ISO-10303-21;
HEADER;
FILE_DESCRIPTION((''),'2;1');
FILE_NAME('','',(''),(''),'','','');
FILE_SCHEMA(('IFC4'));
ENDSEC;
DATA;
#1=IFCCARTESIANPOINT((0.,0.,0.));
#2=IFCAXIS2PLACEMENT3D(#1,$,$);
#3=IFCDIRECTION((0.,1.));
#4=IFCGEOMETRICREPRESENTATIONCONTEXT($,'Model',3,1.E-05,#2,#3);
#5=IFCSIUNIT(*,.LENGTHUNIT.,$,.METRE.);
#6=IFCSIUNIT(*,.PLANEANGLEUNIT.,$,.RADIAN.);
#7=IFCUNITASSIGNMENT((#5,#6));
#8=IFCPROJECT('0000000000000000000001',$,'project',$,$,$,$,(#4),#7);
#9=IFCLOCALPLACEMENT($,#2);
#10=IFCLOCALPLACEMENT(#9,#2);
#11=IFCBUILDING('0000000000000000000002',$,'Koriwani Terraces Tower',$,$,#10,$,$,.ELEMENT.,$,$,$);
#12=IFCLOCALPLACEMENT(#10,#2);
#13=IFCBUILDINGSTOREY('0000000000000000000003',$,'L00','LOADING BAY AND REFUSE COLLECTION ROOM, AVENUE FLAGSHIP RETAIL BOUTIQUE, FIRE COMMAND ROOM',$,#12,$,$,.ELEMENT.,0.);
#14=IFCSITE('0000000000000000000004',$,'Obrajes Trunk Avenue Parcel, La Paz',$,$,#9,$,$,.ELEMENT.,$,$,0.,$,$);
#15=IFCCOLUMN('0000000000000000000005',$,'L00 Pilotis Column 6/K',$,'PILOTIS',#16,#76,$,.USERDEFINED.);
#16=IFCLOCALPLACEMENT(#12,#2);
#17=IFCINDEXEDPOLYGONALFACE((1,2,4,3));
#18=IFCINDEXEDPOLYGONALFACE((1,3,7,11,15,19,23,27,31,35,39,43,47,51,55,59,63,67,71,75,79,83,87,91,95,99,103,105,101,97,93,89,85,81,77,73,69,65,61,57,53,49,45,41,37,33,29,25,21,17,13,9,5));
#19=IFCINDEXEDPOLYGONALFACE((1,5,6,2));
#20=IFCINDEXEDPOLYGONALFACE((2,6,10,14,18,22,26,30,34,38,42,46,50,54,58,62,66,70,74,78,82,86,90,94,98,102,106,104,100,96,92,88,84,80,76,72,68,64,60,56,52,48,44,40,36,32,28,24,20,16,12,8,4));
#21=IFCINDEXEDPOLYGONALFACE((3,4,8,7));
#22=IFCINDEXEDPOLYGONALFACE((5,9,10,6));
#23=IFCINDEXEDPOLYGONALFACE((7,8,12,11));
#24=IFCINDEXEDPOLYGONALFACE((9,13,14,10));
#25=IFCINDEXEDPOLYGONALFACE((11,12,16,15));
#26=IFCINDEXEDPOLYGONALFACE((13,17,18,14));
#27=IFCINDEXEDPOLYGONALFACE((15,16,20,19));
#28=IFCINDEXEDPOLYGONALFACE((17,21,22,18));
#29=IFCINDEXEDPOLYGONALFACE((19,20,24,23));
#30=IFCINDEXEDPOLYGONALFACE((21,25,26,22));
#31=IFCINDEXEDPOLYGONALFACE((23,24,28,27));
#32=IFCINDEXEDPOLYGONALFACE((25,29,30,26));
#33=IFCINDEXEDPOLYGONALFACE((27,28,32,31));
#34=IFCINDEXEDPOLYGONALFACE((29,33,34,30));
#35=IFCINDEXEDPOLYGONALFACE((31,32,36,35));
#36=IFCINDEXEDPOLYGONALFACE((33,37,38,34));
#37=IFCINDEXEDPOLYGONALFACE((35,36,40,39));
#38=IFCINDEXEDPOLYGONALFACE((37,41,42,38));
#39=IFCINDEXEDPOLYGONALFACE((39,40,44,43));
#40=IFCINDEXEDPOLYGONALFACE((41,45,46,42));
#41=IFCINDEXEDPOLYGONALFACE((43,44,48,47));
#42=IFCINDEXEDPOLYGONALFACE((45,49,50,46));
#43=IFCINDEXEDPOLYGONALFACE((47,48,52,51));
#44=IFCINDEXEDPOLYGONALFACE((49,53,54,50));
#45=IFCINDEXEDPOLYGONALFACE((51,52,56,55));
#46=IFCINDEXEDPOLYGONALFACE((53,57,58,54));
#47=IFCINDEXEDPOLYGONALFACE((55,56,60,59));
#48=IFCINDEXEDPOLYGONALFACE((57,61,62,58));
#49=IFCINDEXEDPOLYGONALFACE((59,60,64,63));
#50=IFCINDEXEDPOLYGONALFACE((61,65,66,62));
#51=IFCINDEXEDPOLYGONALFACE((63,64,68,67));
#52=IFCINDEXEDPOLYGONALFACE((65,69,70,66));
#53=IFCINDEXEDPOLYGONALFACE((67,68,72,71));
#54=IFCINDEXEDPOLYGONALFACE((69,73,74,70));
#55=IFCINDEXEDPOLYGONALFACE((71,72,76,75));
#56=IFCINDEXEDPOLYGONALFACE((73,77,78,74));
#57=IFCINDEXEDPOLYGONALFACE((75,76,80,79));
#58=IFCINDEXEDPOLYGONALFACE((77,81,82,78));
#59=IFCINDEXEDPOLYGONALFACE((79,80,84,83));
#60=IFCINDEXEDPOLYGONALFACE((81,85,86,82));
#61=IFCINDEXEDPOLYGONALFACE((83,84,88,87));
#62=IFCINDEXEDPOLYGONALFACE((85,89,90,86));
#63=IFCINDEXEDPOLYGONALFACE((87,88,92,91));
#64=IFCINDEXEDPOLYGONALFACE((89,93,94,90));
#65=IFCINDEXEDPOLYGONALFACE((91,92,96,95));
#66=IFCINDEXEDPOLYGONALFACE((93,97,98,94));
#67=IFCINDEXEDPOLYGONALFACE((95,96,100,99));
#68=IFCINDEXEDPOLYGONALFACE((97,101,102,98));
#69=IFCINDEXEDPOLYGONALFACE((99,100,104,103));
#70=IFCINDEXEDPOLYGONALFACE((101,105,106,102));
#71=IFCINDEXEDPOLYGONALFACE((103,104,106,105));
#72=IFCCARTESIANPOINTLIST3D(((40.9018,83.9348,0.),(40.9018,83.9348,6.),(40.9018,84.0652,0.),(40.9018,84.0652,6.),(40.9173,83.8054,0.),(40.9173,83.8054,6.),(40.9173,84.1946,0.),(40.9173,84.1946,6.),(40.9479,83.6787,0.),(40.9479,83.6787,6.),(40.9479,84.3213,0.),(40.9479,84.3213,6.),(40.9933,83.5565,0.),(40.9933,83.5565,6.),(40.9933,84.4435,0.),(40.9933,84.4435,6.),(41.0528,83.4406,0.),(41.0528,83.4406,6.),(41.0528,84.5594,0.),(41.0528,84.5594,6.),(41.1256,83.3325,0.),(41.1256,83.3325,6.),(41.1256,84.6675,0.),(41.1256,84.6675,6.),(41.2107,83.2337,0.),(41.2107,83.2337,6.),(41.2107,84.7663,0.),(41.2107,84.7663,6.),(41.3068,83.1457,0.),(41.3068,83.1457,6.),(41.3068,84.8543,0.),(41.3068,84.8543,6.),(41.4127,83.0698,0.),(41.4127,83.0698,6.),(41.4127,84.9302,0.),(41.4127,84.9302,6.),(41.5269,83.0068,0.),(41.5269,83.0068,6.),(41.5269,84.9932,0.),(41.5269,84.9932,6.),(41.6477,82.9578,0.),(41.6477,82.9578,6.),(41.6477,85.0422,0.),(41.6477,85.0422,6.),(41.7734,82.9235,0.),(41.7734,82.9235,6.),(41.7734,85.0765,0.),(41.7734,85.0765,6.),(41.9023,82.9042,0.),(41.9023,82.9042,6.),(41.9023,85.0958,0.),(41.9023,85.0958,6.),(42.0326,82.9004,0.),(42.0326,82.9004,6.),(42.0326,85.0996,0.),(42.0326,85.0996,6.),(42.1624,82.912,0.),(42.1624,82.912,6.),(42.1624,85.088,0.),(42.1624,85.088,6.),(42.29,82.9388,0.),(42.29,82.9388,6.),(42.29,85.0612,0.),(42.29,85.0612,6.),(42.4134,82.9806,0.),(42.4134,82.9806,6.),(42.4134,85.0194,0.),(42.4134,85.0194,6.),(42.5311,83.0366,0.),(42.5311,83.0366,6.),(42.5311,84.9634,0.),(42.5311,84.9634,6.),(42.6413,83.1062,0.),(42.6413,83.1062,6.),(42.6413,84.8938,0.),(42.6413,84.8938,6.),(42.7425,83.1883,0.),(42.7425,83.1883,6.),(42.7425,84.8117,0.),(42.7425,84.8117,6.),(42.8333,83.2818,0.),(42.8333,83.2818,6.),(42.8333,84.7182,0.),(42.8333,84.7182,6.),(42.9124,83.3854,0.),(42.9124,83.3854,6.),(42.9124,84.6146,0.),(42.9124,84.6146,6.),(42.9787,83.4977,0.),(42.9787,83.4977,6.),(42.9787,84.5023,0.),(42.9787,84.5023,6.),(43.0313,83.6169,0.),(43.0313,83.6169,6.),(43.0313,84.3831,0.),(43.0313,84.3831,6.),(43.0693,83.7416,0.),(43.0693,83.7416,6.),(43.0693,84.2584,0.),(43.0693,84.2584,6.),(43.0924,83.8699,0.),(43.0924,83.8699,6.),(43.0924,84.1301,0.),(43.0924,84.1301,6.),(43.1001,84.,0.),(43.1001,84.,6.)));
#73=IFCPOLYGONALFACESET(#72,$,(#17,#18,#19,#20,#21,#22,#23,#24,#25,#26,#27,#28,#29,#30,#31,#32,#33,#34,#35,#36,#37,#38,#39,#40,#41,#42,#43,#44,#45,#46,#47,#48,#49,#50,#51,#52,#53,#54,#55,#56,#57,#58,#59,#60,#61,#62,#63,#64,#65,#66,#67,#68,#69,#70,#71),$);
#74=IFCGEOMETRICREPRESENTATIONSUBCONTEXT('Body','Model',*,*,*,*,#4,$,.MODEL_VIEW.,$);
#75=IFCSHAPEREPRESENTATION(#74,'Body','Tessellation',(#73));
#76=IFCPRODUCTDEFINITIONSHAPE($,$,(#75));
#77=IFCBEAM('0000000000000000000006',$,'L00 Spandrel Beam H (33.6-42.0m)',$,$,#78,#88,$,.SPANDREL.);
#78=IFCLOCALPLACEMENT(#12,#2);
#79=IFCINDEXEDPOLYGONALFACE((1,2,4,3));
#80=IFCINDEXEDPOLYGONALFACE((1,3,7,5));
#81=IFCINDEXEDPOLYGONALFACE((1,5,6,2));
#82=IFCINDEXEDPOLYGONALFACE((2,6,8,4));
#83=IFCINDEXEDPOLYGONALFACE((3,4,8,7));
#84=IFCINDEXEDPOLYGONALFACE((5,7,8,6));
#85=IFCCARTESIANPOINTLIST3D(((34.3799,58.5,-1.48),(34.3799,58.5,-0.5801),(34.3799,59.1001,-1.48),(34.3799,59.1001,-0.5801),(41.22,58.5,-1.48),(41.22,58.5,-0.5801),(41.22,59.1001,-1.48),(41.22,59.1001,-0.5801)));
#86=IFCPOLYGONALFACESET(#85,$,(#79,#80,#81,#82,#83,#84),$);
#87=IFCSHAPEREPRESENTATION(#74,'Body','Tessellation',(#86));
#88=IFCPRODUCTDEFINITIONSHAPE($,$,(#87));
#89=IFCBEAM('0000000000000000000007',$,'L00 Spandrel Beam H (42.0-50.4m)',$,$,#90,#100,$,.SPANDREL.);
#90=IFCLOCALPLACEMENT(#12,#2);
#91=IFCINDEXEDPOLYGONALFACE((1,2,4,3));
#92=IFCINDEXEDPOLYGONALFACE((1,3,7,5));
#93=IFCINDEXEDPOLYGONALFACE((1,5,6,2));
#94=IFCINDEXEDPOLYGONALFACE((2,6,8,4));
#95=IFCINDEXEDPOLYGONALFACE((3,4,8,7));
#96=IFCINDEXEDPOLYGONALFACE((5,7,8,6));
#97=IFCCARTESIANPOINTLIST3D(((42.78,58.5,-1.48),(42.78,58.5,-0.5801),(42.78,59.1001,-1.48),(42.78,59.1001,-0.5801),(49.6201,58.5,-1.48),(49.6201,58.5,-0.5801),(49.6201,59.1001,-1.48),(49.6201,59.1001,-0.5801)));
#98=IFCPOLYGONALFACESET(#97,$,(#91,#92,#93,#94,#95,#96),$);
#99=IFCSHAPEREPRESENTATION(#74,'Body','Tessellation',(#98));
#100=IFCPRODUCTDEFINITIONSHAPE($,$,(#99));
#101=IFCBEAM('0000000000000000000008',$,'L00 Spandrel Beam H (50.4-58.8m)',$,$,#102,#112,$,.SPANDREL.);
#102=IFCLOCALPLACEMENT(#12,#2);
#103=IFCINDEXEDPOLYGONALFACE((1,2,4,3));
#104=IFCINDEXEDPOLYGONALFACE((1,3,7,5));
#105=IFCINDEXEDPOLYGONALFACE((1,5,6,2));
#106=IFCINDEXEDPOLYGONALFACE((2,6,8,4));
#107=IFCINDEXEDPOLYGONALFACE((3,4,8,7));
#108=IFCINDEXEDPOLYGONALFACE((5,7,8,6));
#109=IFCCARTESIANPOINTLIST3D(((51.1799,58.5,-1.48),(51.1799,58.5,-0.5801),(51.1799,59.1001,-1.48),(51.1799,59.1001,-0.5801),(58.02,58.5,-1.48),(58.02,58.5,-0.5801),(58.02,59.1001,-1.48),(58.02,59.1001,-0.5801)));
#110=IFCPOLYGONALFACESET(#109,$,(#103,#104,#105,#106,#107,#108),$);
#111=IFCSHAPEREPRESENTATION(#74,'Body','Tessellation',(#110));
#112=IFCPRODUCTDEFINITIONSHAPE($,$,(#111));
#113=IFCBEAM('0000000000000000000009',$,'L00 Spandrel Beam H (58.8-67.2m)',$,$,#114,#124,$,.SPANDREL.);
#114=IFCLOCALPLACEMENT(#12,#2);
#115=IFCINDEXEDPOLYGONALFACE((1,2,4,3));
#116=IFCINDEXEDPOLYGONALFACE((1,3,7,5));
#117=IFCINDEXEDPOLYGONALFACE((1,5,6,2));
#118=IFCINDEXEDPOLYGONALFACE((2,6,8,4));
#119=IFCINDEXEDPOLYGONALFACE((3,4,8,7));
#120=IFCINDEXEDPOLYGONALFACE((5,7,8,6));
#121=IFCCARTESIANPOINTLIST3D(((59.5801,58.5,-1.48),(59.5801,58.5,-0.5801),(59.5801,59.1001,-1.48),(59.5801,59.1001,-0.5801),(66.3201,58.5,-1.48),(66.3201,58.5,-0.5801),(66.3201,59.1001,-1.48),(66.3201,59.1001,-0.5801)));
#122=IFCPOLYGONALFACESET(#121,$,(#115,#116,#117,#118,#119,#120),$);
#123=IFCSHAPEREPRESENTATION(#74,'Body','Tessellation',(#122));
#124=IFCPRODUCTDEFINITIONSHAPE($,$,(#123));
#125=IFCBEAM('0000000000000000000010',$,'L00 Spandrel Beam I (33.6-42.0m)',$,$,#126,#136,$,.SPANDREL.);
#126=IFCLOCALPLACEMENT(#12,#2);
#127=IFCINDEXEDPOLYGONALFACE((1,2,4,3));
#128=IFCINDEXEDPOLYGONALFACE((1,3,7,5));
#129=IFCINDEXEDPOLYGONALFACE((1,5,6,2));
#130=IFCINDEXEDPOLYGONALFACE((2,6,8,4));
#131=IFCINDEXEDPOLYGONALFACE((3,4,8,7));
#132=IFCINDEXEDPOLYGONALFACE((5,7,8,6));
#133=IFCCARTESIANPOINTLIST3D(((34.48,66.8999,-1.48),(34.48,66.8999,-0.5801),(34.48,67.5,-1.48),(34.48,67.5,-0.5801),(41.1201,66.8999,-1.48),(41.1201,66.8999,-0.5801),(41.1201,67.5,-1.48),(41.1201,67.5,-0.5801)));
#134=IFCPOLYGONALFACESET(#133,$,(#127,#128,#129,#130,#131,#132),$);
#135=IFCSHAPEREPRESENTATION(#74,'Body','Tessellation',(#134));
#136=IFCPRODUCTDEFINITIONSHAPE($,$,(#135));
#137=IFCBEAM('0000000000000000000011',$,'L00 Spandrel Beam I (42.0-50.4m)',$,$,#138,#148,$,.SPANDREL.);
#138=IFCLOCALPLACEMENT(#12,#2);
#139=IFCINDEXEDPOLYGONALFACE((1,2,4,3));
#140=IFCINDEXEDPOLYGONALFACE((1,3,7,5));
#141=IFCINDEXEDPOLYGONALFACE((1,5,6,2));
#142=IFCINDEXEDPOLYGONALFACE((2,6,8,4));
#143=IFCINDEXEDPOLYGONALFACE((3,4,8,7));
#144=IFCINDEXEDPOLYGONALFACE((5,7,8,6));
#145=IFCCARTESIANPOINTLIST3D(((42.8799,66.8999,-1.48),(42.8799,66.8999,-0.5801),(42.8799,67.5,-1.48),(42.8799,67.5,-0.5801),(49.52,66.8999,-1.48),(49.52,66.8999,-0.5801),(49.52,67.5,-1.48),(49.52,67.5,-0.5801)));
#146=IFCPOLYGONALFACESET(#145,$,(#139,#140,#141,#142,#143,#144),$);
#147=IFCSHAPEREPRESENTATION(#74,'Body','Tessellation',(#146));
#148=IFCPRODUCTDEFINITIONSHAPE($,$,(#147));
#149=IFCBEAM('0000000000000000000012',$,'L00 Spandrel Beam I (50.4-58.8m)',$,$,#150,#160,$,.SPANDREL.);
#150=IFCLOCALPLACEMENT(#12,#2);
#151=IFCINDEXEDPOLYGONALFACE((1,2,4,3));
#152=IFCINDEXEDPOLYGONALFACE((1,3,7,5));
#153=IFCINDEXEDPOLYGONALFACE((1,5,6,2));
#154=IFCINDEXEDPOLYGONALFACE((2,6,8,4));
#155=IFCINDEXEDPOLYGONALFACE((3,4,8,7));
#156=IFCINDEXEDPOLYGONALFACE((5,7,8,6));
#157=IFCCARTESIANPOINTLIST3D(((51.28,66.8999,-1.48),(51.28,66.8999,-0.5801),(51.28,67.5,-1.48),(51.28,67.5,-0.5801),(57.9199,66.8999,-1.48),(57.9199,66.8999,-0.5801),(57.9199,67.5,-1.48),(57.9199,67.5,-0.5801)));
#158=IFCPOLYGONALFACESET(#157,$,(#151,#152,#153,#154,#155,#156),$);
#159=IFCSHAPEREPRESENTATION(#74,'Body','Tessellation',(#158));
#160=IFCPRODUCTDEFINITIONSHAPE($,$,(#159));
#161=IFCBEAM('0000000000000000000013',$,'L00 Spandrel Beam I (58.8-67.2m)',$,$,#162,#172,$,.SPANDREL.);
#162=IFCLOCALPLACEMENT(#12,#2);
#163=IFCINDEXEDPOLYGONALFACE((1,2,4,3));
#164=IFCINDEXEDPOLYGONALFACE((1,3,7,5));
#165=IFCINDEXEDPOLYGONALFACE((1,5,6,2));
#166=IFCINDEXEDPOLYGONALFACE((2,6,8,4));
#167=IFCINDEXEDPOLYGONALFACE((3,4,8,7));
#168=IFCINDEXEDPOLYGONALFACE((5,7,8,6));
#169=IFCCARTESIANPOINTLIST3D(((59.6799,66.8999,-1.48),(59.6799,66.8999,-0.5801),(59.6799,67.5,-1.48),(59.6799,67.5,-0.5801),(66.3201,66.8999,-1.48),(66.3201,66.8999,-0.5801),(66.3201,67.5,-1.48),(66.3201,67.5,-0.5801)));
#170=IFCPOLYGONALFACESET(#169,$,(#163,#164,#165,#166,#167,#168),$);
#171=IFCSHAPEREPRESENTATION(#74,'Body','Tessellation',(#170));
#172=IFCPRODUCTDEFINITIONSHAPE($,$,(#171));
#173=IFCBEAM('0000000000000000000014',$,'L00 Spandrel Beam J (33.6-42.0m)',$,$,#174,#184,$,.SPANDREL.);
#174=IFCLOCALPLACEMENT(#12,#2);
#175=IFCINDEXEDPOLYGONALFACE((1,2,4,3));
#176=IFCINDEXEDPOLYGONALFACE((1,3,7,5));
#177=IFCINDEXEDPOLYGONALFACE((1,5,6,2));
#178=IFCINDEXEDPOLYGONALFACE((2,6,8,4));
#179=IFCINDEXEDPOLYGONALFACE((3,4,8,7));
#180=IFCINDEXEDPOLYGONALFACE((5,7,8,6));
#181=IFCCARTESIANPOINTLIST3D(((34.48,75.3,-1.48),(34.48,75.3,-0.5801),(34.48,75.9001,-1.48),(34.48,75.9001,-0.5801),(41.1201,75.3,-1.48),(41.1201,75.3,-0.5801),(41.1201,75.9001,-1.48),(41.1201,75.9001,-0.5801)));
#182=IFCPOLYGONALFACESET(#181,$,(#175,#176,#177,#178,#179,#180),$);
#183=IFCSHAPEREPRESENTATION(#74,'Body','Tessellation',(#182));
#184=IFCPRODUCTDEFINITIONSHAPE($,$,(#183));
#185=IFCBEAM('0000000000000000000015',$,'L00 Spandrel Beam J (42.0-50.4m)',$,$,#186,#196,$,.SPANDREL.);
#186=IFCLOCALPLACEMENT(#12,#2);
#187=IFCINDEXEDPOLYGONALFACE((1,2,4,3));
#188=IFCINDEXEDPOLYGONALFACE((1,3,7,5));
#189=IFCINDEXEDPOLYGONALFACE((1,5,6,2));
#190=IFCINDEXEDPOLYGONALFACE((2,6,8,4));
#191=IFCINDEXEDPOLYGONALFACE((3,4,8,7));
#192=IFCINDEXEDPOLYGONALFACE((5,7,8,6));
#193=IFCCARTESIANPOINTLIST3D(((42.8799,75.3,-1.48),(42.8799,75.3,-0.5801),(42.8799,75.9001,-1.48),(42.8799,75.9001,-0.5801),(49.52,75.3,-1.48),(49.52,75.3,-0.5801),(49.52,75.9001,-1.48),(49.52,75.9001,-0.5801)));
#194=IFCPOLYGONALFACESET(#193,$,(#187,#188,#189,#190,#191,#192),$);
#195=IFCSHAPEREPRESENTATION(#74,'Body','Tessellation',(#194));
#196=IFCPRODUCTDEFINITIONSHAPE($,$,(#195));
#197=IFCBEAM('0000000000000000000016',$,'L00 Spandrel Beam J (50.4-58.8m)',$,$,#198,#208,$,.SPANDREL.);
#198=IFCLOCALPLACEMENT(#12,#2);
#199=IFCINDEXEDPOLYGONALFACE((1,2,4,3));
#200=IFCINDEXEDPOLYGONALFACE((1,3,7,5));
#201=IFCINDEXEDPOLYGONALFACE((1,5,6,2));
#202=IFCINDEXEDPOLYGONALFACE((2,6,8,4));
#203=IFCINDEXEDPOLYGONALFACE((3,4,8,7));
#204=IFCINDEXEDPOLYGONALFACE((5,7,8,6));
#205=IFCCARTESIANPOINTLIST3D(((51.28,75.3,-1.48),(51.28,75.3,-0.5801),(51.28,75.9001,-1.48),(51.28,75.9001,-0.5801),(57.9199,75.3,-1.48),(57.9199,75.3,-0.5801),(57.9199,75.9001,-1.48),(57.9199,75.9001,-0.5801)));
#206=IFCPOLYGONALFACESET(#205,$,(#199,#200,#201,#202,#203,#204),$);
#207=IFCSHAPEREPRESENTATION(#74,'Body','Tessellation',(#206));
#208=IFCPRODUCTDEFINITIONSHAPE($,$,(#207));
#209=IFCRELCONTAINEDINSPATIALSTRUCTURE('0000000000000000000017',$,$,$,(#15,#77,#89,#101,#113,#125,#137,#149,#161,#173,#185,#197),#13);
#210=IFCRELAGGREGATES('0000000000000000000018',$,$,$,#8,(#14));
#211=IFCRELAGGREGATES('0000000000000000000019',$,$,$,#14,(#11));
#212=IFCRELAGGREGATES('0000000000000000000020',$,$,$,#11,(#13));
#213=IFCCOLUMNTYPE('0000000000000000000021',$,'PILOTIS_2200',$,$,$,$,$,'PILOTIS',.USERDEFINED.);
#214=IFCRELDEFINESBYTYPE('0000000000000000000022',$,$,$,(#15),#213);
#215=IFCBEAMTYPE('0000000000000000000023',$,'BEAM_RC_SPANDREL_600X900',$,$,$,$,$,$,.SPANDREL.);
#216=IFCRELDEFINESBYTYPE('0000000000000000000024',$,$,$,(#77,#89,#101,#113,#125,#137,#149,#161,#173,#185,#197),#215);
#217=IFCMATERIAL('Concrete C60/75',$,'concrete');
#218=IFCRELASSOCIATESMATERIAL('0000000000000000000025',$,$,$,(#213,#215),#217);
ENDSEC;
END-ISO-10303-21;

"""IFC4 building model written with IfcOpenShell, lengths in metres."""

from ifc_helpers import new_model, si_unit, direction, frame, origin, origin_2d, place, context, subcontext, project, spatial, rectangle, circle, extrude, material, material_profile, profile_set, type_object, element, save


model = new_model("IFC4")

# Units and contexts
model_context = context("Model", 3, precision=1e-05, world=origin(), true_north=direction((0.0, 1.0)))
body_context = subcontext(model_context, "Body", "Model", "MODEL_VIEW")
ifc_project = project(units=[si_unit("LENGTHUNIT", "METRE"), si_unit("PLANEANGLEUNIT", "RADIAN")], contexts=[model_context])

# Site, building, storey
site_placement = place(None, origin())
site = spatial("IfcSite", under=ifc_project, at=site_placement, Name="Obrajes Trunk Avenue Parcel, La Paz", CompositionType="ELEMENT", RefElevation=0.0)
building_placement = place(site_placement, origin())
building = spatial("IfcBuilding", under=site, at=building_placement, Name="Koriwani Terraces Tower", CompositionType="ELEMENT")
storey_placement = place(building_placement, origin())
storey = spatial("IfcBuildingStorey", under=building, at=storey_placement, Name="L00", Description="LOADING BAY AND REFUSE COLLECTION ROOM, AVENUE FLAGSHIP RETAIL BOUTIQUE, FIRE COMMAND ROOM", CompositionType="ELEMENT", Elevation=0.0)

# Column
ifc_material_1 = material(Name="Concrete C60/75", Category="concrete")
ifc_material_profile_1 = material_profile(ifc_material_1, circle(Radius=1.1001, at=origin_2d()), Name="Concrete C60/75", Category="LoadBearing")
ifc_profile_set_1 = profile_set([ifc_material_profile_1], Name="Concrete C60/75")
column_type_1 = type_object("IfcColumnType", Name="PILOTIS_2200", ElementType="PILOTIS", PredefinedType="USERDEFINED", material=ifc_profile_set_1)
for number, where, z_axis, x_axis, name in (
    (1, (42.0, 84.0, 0.0), (0.0, 0.0, 1.0), (1.0, 0.0, 0.0), "L00 Pilotis Column 6/K"),
):
    element("IfcColumn", number, at=place(storey_placement, frame(where, z_axis=z_axis, x_axis=x_axis)), inside=storey, type_object=column_type_1, Name=name, ObjectType="PILOTIS", PredefinedType="USERDEFINED", context=body_context, shape_type="SweptSolid", body=[
        extrude(circle(Radius=1.1001, at=origin_2d()), origin(), (0.0, 0.0, 1.0), 6.0),
    ])

# Beams
ifc_material_profile_2 = material_profile(ifc_material_1, rectangle(XDim=0.6001, YDim=0.8999, at=origin_2d()), Name="Concrete C60/75", Category="LoadBearing")
ifc_profile_set_2 = profile_set([ifc_material_profile_2], Name="Concrete C60/75")
beam_type_1 = type_object("IfcBeamType", Name="BEAM_RC_SPANDREL_600X900", PredefinedType="SPANDREL", material=ifc_profile_set_2)
for number, where, z_axis, x_axis, name in (
    (2, (34.3799, 58.8, -1.03), (1.0, 0.0, 0.0), (0.0, 1.0, 0.0), "L00 Spandrel Beam H (33.6-42.0m)"),
    (3, (42.78, 58.8, -1.03), (1.0, 0.0, 0.0), (0.0, 1.0, 0.0), "L00 Spandrel Beam H (42.0-50.4m)"),
    (4, (51.1799, 58.8, -1.03), (1.0, 0.0, 0.0), (0.0, 1.0, 0.0), "L00 Spandrel Beam H (50.4-58.8m)"),
):
    element("IfcBeam", number, at=place(storey_placement, frame(where, z_axis=z_axis, x_axis=x_axis)), inside=storey, type_object=beam_type_1, Name=name, PredefinedType="SPANDREL", context=body_context, shape_type="SweptSolid", body=[
        extrude(rectangle(XDim=0.6001, YDim=0.8999, at=origin_2d()), origin(), (0.0, 0.0, 1.0), 6.8401),
    ])
beam_1_placement = place(storey_placement, frame((59.5801, 58.8, -1.03), z_axis=(1.0, 0.0, 0.0), x_axis=(0.0, 1.0, 0.0)))
element("IfcBeam", 5, at=beam_1_placement, inside=storey, type_object=beam_type_1, Name="L00 Spandrel Beam H (58.8-67.2m)", PredefinedType="SPANDREL", context=body_context, shape_type="SweptSolid", body=[
    extrude(rectangle(XDim=0.6001, YDim=0.8999, at=origin_2d()), origin(), (0.0, 0.0, 1.0), 6.74),
])
for number, where, z_axis, x_axis, name in (
    (6, (34.48, 67.2, -1.03), (1.0, 0.0, 0.0), (0.0, 1.0, 0.0), "L00 Spandrel Beam I (33.6-42.0m)"),
    (7, (42.8799, 67.2, -1.03), (1.0, 0.0, 0.0), (0.0, 1.0, 0.0), "L00 Spandrel Beam I (42.0-50.4m)"),
):
    element("IfcBeam", number, at=place(storey_placement, frame(where, z_axis=z_axis, x_axis=x_axis)), inside=storey, type_object=beam_type_1, Name=name, PredefinedType="SPANDREL", context=body_context, shape_type="SweptSolid", body=[
        extrude(rectangle(XDim=0.6001, YDim=0.8999, at=origin_2d()), origin(), (0.0, 0.0, 1.0), 6.6401),
    ])
beam_2_placement = place(storey_placement, frame((51.28, 67.2, -1.03), z_axis=(1.0, 0.0, 0.0), x_axis=(0.0, 1.0, 0.0)))
element("IfcBeam", 8, at=beam_2_placement, inside=storey, type_object=beam_type_1, Name="L00 Spandrel Beam I (50.4-58.8m)", PredefinedType="SPANDREL", context=body_context, shape_type="SweptSolid", body=[
    extrude(rectangle(XDim=0.6001, YDim=0.8999, at=origin_2d()), origin(), (0.0, 0.0, 1.0), 6.6399),
])
for number, where, z_axis, x_axis, name in (
    (9, (59.6799, 67.2, -1.03), (1.0, 0.0, 0.0), (0.0, 1.0, 0.0), "L00 Spandrel Beam I (58.8-67.2m)"),
    (10, (34.48, 75.6001, -1.03), (1.0, 0.0, 0.0), (0.0, 1.0, 0.0), "L00 Spandrel Beam J (33.6-42.0m)"),
    (11, (42.8799, 75.6001, -1.03), (1.0, 0.0, 0.0), (0.0, 1.0, 0.0), "L00 Spandrel Beam J (42.0-50.4m)"),
):
    element("IfcBeam", number, at=place(storey_placement, frame(where, z_axis=z_axis, x_axis=x_axis)), inside=storey, type_object=beam_type_1, Name=name, PredefinedType="SPANDREL", context=body_context, shape_type="SweptSolid", body=[
        extrude(rectangle(XDim=0.6001, YDim=0.8999, at=origin_2d()), origin(), (0.0, 0.0, 1.0), 6.6401),
    ])
beam_3_placement = place(storey_placement, frame((51.28, 75.6001, -1.03), z_axis=(1.0, 0.0, 0.0), x_axis=(0.0, 1.0, 0.0)))
element("IfcBeam", 12, at=beam_3_placement, inside=storey, type_object=beam_type_1, Name="L00 Spandrel Beam J (50.4-58.8m)", PredefinedType="SPANDREL", context=body_context, shape_type="SweptSolid", body=[
    extrude(rectangle(XDim=0.6001, YDim=0.8999, at=origin_2d()), origin(), (0.0, 0.0, 1.0), 6.6399),
])

save(model, "model.ifc")
